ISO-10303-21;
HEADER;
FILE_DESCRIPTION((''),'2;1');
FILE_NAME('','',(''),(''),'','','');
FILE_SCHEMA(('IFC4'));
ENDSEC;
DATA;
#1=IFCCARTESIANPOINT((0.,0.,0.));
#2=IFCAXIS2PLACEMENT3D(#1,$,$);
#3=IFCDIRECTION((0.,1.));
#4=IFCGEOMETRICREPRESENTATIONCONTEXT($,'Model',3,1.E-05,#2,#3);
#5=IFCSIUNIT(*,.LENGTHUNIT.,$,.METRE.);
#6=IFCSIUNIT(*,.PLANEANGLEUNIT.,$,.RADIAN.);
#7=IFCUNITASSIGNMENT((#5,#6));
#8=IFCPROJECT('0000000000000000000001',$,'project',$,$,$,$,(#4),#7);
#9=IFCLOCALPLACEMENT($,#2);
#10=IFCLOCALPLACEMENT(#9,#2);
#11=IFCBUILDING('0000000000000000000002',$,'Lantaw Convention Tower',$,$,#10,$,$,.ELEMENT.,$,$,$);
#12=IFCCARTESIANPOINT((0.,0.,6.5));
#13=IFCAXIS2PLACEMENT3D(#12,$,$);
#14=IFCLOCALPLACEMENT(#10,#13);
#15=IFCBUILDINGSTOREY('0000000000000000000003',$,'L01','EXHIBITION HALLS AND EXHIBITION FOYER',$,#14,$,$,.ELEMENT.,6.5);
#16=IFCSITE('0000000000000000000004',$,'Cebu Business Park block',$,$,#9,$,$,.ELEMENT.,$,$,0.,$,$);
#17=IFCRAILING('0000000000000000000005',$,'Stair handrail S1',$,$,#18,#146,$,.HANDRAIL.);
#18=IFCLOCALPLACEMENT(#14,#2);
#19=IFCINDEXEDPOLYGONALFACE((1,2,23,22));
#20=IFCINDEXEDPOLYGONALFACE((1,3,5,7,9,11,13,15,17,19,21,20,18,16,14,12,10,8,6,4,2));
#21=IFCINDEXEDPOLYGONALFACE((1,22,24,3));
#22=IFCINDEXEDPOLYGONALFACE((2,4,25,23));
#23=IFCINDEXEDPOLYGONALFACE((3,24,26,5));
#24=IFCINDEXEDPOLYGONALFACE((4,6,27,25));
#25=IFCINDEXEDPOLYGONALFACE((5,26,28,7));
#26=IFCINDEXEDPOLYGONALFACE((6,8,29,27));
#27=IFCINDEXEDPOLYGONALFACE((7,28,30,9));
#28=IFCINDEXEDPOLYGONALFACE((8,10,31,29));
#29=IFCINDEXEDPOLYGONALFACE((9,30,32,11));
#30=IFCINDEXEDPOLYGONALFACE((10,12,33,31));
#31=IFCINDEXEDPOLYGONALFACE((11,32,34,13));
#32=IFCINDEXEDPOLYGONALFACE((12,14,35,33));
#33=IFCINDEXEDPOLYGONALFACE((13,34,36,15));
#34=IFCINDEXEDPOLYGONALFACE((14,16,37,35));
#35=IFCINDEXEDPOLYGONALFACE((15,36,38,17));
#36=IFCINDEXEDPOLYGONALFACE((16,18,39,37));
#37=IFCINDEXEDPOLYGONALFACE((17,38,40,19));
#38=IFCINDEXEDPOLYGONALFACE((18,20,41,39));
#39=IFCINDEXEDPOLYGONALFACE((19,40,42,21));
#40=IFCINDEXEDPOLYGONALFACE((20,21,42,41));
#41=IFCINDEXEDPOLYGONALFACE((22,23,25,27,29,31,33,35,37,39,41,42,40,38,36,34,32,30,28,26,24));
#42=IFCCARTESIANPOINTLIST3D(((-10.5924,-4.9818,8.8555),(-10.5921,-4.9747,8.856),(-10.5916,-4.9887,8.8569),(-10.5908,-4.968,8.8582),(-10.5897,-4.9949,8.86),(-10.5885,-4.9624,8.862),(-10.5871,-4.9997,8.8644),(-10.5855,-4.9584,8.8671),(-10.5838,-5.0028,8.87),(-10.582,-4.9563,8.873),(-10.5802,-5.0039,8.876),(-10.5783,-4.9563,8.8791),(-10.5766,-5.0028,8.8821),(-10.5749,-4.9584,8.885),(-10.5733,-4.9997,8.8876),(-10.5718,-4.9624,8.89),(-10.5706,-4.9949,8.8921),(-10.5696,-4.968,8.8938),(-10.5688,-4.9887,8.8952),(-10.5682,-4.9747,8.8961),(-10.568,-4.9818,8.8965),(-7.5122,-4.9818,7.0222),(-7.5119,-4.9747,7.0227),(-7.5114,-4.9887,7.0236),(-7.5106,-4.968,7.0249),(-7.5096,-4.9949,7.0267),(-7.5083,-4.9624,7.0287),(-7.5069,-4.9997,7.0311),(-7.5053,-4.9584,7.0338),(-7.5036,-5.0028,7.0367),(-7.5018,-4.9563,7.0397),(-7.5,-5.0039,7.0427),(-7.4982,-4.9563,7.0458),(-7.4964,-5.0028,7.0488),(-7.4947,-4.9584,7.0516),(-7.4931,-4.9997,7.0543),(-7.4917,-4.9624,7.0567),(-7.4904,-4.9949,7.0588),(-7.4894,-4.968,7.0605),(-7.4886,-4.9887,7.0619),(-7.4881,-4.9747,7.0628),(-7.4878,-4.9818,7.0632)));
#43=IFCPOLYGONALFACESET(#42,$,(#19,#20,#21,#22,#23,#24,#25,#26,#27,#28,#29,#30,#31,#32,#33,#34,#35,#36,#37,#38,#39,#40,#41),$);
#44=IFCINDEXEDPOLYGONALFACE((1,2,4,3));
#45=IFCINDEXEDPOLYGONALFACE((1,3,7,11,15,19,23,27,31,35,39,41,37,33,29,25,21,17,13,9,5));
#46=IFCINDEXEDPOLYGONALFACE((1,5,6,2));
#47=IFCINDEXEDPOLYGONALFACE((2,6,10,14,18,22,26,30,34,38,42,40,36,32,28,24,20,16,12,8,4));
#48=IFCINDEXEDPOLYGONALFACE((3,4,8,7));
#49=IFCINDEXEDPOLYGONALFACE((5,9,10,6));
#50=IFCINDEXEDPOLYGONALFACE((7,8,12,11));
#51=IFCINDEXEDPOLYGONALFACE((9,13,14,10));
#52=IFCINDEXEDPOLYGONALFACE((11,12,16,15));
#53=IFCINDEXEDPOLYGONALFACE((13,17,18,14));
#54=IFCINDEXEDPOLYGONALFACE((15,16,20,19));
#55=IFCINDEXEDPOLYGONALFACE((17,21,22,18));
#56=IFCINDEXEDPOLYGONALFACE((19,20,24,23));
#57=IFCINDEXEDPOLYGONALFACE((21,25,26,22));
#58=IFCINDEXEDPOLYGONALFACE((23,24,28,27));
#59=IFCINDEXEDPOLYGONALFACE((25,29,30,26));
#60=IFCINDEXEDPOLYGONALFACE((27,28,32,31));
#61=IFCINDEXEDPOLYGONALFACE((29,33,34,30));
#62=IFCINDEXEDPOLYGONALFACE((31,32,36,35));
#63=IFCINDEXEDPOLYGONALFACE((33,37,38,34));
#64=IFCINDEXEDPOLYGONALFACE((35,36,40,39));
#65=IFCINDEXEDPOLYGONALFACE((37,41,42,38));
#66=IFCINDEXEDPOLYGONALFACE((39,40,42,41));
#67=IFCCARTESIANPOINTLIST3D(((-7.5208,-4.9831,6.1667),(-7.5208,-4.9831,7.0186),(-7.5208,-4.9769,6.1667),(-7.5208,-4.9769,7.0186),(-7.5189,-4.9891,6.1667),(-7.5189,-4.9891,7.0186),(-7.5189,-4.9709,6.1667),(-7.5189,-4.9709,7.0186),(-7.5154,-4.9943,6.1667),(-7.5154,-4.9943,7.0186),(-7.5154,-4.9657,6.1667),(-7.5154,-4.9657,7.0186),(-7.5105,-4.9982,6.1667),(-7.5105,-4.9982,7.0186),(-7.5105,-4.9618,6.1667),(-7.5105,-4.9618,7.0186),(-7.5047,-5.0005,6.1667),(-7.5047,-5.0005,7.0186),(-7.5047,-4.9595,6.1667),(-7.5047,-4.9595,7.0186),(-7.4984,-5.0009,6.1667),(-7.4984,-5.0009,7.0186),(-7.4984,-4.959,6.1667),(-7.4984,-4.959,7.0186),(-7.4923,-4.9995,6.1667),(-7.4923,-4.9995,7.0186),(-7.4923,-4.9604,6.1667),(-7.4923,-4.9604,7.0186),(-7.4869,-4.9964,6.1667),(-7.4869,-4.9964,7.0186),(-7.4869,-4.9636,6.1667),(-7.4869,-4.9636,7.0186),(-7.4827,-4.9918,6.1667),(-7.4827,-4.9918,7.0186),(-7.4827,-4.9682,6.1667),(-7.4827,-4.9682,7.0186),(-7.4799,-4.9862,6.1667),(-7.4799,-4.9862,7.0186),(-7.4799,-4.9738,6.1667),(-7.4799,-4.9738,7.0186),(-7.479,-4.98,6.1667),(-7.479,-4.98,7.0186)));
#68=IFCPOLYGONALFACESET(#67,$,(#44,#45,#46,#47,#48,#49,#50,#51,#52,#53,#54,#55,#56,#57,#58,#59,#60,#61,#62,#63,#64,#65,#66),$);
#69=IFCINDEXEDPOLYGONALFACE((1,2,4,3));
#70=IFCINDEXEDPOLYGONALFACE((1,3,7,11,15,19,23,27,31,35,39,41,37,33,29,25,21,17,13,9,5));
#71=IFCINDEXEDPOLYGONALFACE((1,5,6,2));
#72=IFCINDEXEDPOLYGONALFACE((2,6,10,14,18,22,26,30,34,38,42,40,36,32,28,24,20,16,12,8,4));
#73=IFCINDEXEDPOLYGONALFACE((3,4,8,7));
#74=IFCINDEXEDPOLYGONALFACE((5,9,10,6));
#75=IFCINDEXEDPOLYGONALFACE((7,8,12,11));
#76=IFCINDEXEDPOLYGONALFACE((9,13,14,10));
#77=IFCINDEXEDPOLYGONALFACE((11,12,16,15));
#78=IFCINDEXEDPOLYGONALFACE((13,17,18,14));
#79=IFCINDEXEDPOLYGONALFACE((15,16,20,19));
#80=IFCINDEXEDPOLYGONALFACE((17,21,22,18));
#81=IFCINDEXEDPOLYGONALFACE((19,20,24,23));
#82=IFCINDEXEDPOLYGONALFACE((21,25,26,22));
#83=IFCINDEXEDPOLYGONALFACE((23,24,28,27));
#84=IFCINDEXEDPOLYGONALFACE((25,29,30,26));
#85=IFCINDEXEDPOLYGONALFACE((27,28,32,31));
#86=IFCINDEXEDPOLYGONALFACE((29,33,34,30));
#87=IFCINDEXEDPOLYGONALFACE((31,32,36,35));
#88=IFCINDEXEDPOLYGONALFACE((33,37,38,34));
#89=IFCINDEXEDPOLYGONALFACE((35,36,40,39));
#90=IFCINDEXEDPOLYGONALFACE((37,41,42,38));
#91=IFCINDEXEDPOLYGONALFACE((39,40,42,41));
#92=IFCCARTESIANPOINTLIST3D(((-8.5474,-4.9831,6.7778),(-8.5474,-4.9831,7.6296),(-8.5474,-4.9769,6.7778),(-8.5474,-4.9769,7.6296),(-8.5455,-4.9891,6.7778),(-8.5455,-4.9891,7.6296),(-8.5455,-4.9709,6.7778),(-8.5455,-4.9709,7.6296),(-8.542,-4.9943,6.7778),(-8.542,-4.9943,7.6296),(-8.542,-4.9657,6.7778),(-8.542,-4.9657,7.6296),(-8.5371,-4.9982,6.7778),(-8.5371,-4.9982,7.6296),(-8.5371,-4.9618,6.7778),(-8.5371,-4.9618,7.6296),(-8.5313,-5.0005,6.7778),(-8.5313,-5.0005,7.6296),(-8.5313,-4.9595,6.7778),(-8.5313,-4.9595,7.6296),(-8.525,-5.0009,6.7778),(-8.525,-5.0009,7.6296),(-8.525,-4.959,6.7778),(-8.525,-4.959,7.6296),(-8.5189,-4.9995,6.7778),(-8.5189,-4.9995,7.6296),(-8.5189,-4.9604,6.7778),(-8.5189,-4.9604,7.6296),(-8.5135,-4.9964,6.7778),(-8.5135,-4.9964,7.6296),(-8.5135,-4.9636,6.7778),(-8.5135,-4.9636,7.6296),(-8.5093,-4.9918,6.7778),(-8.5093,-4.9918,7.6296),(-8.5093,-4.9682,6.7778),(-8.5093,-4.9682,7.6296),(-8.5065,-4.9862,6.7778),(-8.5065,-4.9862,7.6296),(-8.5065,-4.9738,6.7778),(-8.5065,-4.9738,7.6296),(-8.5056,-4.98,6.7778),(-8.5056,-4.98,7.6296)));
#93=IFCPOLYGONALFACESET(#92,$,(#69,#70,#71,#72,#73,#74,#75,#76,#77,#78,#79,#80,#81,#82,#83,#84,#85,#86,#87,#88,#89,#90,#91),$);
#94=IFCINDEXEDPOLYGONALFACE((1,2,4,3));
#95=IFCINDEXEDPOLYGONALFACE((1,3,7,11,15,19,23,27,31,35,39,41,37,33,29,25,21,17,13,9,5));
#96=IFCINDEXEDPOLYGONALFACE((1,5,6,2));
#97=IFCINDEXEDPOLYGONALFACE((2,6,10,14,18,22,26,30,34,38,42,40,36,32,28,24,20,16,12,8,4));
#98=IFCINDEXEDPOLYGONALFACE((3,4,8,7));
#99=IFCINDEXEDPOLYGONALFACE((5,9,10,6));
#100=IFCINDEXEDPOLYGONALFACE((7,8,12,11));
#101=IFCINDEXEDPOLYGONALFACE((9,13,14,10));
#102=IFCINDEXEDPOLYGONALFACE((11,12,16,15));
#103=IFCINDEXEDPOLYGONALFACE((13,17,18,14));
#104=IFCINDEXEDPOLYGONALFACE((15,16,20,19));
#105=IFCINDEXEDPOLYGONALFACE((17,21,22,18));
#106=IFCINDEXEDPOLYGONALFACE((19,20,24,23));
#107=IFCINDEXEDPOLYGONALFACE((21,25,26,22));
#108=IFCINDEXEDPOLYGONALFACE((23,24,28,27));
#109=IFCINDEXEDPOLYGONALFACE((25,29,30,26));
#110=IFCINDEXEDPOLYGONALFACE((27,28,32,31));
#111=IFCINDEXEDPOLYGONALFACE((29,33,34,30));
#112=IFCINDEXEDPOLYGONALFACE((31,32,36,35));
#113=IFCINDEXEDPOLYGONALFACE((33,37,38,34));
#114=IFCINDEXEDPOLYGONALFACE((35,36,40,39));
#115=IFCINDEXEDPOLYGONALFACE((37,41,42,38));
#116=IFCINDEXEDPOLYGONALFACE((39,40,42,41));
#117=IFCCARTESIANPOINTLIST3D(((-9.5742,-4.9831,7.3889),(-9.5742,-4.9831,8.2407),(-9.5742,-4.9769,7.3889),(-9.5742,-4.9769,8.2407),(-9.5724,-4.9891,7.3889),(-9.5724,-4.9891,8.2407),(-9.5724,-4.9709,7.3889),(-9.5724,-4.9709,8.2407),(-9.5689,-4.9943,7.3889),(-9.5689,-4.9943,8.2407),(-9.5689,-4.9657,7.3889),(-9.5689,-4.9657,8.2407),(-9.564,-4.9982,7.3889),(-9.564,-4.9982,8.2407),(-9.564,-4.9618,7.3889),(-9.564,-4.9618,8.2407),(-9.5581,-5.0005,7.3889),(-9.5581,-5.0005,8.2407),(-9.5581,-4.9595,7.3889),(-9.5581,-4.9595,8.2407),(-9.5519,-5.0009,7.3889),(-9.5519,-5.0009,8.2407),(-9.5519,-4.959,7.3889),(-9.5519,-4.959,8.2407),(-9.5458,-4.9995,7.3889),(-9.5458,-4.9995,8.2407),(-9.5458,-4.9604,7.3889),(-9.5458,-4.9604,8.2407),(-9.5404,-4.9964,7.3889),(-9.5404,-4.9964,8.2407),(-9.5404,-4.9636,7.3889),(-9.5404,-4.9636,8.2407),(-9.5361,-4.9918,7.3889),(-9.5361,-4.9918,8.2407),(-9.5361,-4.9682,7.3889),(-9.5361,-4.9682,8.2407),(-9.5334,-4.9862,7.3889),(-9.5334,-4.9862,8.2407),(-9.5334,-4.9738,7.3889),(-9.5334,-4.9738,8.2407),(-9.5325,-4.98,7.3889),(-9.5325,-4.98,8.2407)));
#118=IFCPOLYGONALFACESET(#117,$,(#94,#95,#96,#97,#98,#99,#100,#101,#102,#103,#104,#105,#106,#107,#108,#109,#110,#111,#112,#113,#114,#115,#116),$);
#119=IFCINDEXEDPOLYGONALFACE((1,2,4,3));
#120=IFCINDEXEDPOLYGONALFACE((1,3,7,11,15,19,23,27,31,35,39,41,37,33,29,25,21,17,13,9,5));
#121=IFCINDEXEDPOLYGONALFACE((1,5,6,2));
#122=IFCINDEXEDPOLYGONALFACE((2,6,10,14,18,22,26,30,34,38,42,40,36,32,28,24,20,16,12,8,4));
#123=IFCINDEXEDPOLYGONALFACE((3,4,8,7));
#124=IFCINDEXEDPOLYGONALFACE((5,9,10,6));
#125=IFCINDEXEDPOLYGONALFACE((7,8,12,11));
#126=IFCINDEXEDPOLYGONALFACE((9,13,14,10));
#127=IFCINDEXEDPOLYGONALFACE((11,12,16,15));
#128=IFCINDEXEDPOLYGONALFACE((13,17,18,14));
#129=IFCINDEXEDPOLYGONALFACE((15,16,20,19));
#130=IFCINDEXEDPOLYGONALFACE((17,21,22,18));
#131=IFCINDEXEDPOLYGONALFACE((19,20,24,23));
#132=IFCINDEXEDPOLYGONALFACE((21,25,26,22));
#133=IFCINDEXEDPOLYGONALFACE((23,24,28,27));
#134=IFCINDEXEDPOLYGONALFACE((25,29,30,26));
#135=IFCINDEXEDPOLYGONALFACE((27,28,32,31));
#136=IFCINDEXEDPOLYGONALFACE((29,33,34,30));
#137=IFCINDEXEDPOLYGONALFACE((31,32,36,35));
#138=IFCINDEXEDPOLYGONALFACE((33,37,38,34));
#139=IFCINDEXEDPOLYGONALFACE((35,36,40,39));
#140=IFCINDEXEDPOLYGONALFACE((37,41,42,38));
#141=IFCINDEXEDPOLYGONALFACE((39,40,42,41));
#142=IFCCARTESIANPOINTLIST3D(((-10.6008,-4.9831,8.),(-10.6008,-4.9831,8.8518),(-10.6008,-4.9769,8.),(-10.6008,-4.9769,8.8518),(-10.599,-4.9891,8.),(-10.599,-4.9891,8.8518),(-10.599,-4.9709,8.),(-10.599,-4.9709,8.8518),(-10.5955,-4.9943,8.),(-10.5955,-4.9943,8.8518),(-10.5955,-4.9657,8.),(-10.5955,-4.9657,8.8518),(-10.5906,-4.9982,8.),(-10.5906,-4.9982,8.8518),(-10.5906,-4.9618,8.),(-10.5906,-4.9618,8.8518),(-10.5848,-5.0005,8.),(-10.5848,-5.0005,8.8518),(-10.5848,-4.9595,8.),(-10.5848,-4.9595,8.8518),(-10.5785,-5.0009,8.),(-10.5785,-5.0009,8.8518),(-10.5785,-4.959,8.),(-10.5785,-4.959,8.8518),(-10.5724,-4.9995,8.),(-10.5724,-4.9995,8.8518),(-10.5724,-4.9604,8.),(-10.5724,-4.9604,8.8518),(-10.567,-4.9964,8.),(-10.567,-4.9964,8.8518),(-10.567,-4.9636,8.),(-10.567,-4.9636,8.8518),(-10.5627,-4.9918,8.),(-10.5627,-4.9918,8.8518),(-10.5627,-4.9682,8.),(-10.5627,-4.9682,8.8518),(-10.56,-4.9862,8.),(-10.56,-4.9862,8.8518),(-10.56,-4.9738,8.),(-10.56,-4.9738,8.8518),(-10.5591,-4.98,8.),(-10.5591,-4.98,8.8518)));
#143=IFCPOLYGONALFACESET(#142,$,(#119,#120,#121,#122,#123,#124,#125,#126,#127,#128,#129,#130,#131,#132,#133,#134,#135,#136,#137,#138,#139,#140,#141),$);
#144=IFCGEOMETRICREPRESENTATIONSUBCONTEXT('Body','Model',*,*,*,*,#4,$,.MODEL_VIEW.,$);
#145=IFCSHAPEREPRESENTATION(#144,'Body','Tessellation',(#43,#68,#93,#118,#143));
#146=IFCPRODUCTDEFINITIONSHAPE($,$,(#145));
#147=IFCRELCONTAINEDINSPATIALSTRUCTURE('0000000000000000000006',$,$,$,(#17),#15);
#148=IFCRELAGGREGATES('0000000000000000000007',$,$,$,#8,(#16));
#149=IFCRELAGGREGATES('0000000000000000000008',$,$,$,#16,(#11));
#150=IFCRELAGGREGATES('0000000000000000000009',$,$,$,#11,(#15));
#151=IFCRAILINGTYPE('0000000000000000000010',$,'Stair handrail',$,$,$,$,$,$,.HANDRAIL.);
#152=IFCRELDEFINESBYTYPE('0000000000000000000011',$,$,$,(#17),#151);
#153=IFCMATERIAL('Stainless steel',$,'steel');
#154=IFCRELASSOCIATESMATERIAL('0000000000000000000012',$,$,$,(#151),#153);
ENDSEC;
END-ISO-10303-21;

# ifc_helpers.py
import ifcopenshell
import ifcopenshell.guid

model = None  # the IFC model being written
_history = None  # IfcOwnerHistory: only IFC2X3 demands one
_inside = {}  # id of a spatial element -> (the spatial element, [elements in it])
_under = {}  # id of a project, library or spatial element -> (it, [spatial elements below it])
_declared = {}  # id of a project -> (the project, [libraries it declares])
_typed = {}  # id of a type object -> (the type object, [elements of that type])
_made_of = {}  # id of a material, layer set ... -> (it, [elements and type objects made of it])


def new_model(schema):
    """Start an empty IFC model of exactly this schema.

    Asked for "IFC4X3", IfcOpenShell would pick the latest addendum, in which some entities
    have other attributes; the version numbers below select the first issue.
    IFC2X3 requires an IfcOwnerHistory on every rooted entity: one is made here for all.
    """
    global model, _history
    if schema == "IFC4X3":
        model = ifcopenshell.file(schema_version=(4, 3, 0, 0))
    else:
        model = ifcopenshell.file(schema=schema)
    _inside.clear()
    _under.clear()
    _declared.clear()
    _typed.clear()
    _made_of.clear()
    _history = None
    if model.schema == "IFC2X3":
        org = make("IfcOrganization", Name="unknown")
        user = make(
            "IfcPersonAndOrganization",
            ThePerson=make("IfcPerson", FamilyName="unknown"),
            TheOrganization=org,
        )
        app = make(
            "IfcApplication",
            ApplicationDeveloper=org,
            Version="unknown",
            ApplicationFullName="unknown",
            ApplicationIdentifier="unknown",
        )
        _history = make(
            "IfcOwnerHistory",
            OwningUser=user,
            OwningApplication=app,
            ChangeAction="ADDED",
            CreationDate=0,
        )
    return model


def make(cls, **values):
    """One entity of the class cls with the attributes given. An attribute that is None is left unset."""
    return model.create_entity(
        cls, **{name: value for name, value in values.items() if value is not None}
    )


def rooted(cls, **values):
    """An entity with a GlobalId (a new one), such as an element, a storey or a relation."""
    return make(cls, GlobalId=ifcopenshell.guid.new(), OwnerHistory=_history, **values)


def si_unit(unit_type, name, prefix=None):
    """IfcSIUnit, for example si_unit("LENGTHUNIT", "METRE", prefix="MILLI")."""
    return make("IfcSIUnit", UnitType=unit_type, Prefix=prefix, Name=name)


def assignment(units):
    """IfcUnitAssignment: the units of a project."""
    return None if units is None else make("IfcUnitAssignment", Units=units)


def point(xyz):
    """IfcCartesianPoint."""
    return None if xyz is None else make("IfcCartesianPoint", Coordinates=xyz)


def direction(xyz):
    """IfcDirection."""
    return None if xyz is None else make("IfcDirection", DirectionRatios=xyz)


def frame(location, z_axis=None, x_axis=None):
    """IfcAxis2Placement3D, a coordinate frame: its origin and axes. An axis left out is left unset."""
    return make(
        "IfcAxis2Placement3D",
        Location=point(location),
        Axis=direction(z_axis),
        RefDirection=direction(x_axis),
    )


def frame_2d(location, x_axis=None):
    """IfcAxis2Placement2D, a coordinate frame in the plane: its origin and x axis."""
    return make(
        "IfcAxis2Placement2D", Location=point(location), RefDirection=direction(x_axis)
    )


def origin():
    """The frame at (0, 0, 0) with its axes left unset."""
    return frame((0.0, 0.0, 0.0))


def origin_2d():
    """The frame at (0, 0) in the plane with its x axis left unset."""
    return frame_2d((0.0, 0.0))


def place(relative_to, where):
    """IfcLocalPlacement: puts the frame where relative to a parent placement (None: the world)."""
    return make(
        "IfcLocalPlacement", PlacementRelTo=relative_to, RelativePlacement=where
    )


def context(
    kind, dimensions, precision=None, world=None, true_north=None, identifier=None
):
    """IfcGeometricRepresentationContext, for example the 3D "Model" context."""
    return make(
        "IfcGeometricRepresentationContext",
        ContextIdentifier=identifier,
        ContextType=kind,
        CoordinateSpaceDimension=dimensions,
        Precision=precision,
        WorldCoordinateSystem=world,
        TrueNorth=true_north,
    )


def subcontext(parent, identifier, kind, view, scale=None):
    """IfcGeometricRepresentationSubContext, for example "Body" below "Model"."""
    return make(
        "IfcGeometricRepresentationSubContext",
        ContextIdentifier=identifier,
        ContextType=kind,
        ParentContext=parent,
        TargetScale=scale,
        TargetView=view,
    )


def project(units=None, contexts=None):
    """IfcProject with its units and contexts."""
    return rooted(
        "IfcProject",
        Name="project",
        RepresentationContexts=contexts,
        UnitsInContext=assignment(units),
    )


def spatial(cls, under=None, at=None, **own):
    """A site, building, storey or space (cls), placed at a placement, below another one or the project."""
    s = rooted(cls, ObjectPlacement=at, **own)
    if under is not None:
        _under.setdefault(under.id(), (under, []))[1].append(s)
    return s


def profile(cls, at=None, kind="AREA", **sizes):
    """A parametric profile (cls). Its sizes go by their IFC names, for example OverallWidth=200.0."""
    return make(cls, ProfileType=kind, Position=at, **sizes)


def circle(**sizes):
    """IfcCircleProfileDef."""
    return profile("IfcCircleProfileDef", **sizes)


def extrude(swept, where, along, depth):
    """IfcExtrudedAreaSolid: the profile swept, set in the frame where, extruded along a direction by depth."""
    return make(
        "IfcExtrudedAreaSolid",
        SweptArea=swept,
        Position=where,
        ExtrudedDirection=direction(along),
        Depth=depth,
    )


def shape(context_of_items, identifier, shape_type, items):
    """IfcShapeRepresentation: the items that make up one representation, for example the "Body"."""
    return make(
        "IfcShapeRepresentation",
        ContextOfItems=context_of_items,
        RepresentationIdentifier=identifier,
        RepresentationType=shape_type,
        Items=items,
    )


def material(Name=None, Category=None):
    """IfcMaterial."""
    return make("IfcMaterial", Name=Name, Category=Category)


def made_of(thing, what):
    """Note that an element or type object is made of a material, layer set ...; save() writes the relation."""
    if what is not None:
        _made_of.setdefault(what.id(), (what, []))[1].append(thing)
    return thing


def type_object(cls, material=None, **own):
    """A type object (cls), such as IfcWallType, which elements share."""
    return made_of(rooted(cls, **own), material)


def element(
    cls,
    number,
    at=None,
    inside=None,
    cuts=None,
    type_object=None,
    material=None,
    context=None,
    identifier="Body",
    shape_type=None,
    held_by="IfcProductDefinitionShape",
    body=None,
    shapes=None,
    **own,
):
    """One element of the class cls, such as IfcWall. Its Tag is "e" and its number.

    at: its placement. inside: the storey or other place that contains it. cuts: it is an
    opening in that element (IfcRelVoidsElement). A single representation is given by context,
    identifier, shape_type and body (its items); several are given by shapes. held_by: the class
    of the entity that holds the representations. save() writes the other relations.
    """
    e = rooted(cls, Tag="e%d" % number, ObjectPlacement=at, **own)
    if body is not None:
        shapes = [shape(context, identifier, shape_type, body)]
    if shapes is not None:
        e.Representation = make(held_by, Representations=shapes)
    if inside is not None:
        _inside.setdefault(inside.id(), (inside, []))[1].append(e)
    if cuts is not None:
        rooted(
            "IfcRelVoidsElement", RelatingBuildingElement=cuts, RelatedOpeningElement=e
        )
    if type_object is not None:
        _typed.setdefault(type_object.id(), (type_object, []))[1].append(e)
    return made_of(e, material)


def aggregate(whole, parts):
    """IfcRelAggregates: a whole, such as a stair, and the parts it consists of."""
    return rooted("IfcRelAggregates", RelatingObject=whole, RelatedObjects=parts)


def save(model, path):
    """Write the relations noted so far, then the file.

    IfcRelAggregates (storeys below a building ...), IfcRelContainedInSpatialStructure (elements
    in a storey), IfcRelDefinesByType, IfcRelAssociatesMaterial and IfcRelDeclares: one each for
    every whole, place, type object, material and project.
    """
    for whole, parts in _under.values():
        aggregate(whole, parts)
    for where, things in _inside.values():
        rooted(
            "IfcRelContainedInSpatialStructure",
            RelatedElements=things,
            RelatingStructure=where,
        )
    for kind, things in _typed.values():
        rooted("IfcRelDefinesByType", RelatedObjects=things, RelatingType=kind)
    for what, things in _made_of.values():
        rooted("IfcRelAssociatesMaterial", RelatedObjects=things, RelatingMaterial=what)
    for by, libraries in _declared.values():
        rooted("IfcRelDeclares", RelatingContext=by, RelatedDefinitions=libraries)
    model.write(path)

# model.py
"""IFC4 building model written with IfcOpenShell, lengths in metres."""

from ifc_helpers import new_model, si_unit, direction, frame, origin, origin_2d, place, context, subcontext, project, spatial, circle, extrude, material, type_object, element, save


model = new_model("IFC4")

# Units and contexts
model_context = context("Model", 3, precision=1e-05, world=origin(), true_north=direction((0.0, 1.0)))
body_context = subcontext(model_context, "Body", "Model", "MODEL_VIEW")
ifc_project = project(units=[si_unit("LENGTHUNIT", "METRE"), si_unit("PLANEANGLEUNIT", "RADIAN")], contexts=[model_context])

# Site, building, storey
site_placement = place(None, origin())
site = spatial("IfcSite", under=ifc_project, at=site_placement, Name="Cebu Business Park block", CompositionType="ELEMENT", RefElevation=0.0)
building_placement = place(site_placement, origin())
building = spatial("IfcBuilding", under=site, at=building_placement, Name="Lantaw Convention Tower", CompositionType="ELEMENT")
storey_placement = place(building_placement, frame((0.0, 0.0, 6.5)))
storey = spatial("IfcBuildingStorey", under=building, at=storey_placement, Name="L01", Description="EXHIBITION HALLS AND EXHIBITION FOYER", CompositionType="ELEMENT", Elevation=6.5)

# Railing
ifc_material_1 = material(Name="Stainless steel", Category="steel")
railing_type = type_object("IfcRailingType", Name="Stair handrail", PredefinedType="HANDRAIL", material=ifc_material_1)
railing_1_placement = place(storey_placement, frame((-7.5, -4.98, 6.1667)))
element("IfcRailing", 1, at=railing_1_placement, inside=storey, type_object=railing_type, Name="Stair handrail S1", PredefinedType="HANDRAIL", context=body_context, shape_type="SweptSolid", body=[
    extrude(circle(Radius=0.0239, at=origin_2d()), frame((0.0, 0.0, 0.876), z_axis=(-0.859309, 0.0, 0.511458), x_axis=(0.0, -1.0, 0.0)), (0.0, 0.0, 1.0), 3.5845),
    extrude(circle(Radius=0.021, at=origin_2d()), origin(), (0.0, 0.0, 1.0), 0.8518),
    extrude(circle(Radius=0.021, at=origin_2d()), frame((-1.0266, 0.0, 0.6111)), (0.0, 0.0, 1.0), 0.8518),
    extrude(circle(Radius=0.021, at=origin_2d()), frame((-2.0535, 0.0, 1.2222)), (0.0, 0.0, 1.0), 0.8518),
    extrude(circle(Radius=0.021, at=origin_2d()), frame((-3.0801, 0.0, 1.8333)), (0.0, 0.0, 1.0), 0.8518),
])

save(model, "model.ifc")
